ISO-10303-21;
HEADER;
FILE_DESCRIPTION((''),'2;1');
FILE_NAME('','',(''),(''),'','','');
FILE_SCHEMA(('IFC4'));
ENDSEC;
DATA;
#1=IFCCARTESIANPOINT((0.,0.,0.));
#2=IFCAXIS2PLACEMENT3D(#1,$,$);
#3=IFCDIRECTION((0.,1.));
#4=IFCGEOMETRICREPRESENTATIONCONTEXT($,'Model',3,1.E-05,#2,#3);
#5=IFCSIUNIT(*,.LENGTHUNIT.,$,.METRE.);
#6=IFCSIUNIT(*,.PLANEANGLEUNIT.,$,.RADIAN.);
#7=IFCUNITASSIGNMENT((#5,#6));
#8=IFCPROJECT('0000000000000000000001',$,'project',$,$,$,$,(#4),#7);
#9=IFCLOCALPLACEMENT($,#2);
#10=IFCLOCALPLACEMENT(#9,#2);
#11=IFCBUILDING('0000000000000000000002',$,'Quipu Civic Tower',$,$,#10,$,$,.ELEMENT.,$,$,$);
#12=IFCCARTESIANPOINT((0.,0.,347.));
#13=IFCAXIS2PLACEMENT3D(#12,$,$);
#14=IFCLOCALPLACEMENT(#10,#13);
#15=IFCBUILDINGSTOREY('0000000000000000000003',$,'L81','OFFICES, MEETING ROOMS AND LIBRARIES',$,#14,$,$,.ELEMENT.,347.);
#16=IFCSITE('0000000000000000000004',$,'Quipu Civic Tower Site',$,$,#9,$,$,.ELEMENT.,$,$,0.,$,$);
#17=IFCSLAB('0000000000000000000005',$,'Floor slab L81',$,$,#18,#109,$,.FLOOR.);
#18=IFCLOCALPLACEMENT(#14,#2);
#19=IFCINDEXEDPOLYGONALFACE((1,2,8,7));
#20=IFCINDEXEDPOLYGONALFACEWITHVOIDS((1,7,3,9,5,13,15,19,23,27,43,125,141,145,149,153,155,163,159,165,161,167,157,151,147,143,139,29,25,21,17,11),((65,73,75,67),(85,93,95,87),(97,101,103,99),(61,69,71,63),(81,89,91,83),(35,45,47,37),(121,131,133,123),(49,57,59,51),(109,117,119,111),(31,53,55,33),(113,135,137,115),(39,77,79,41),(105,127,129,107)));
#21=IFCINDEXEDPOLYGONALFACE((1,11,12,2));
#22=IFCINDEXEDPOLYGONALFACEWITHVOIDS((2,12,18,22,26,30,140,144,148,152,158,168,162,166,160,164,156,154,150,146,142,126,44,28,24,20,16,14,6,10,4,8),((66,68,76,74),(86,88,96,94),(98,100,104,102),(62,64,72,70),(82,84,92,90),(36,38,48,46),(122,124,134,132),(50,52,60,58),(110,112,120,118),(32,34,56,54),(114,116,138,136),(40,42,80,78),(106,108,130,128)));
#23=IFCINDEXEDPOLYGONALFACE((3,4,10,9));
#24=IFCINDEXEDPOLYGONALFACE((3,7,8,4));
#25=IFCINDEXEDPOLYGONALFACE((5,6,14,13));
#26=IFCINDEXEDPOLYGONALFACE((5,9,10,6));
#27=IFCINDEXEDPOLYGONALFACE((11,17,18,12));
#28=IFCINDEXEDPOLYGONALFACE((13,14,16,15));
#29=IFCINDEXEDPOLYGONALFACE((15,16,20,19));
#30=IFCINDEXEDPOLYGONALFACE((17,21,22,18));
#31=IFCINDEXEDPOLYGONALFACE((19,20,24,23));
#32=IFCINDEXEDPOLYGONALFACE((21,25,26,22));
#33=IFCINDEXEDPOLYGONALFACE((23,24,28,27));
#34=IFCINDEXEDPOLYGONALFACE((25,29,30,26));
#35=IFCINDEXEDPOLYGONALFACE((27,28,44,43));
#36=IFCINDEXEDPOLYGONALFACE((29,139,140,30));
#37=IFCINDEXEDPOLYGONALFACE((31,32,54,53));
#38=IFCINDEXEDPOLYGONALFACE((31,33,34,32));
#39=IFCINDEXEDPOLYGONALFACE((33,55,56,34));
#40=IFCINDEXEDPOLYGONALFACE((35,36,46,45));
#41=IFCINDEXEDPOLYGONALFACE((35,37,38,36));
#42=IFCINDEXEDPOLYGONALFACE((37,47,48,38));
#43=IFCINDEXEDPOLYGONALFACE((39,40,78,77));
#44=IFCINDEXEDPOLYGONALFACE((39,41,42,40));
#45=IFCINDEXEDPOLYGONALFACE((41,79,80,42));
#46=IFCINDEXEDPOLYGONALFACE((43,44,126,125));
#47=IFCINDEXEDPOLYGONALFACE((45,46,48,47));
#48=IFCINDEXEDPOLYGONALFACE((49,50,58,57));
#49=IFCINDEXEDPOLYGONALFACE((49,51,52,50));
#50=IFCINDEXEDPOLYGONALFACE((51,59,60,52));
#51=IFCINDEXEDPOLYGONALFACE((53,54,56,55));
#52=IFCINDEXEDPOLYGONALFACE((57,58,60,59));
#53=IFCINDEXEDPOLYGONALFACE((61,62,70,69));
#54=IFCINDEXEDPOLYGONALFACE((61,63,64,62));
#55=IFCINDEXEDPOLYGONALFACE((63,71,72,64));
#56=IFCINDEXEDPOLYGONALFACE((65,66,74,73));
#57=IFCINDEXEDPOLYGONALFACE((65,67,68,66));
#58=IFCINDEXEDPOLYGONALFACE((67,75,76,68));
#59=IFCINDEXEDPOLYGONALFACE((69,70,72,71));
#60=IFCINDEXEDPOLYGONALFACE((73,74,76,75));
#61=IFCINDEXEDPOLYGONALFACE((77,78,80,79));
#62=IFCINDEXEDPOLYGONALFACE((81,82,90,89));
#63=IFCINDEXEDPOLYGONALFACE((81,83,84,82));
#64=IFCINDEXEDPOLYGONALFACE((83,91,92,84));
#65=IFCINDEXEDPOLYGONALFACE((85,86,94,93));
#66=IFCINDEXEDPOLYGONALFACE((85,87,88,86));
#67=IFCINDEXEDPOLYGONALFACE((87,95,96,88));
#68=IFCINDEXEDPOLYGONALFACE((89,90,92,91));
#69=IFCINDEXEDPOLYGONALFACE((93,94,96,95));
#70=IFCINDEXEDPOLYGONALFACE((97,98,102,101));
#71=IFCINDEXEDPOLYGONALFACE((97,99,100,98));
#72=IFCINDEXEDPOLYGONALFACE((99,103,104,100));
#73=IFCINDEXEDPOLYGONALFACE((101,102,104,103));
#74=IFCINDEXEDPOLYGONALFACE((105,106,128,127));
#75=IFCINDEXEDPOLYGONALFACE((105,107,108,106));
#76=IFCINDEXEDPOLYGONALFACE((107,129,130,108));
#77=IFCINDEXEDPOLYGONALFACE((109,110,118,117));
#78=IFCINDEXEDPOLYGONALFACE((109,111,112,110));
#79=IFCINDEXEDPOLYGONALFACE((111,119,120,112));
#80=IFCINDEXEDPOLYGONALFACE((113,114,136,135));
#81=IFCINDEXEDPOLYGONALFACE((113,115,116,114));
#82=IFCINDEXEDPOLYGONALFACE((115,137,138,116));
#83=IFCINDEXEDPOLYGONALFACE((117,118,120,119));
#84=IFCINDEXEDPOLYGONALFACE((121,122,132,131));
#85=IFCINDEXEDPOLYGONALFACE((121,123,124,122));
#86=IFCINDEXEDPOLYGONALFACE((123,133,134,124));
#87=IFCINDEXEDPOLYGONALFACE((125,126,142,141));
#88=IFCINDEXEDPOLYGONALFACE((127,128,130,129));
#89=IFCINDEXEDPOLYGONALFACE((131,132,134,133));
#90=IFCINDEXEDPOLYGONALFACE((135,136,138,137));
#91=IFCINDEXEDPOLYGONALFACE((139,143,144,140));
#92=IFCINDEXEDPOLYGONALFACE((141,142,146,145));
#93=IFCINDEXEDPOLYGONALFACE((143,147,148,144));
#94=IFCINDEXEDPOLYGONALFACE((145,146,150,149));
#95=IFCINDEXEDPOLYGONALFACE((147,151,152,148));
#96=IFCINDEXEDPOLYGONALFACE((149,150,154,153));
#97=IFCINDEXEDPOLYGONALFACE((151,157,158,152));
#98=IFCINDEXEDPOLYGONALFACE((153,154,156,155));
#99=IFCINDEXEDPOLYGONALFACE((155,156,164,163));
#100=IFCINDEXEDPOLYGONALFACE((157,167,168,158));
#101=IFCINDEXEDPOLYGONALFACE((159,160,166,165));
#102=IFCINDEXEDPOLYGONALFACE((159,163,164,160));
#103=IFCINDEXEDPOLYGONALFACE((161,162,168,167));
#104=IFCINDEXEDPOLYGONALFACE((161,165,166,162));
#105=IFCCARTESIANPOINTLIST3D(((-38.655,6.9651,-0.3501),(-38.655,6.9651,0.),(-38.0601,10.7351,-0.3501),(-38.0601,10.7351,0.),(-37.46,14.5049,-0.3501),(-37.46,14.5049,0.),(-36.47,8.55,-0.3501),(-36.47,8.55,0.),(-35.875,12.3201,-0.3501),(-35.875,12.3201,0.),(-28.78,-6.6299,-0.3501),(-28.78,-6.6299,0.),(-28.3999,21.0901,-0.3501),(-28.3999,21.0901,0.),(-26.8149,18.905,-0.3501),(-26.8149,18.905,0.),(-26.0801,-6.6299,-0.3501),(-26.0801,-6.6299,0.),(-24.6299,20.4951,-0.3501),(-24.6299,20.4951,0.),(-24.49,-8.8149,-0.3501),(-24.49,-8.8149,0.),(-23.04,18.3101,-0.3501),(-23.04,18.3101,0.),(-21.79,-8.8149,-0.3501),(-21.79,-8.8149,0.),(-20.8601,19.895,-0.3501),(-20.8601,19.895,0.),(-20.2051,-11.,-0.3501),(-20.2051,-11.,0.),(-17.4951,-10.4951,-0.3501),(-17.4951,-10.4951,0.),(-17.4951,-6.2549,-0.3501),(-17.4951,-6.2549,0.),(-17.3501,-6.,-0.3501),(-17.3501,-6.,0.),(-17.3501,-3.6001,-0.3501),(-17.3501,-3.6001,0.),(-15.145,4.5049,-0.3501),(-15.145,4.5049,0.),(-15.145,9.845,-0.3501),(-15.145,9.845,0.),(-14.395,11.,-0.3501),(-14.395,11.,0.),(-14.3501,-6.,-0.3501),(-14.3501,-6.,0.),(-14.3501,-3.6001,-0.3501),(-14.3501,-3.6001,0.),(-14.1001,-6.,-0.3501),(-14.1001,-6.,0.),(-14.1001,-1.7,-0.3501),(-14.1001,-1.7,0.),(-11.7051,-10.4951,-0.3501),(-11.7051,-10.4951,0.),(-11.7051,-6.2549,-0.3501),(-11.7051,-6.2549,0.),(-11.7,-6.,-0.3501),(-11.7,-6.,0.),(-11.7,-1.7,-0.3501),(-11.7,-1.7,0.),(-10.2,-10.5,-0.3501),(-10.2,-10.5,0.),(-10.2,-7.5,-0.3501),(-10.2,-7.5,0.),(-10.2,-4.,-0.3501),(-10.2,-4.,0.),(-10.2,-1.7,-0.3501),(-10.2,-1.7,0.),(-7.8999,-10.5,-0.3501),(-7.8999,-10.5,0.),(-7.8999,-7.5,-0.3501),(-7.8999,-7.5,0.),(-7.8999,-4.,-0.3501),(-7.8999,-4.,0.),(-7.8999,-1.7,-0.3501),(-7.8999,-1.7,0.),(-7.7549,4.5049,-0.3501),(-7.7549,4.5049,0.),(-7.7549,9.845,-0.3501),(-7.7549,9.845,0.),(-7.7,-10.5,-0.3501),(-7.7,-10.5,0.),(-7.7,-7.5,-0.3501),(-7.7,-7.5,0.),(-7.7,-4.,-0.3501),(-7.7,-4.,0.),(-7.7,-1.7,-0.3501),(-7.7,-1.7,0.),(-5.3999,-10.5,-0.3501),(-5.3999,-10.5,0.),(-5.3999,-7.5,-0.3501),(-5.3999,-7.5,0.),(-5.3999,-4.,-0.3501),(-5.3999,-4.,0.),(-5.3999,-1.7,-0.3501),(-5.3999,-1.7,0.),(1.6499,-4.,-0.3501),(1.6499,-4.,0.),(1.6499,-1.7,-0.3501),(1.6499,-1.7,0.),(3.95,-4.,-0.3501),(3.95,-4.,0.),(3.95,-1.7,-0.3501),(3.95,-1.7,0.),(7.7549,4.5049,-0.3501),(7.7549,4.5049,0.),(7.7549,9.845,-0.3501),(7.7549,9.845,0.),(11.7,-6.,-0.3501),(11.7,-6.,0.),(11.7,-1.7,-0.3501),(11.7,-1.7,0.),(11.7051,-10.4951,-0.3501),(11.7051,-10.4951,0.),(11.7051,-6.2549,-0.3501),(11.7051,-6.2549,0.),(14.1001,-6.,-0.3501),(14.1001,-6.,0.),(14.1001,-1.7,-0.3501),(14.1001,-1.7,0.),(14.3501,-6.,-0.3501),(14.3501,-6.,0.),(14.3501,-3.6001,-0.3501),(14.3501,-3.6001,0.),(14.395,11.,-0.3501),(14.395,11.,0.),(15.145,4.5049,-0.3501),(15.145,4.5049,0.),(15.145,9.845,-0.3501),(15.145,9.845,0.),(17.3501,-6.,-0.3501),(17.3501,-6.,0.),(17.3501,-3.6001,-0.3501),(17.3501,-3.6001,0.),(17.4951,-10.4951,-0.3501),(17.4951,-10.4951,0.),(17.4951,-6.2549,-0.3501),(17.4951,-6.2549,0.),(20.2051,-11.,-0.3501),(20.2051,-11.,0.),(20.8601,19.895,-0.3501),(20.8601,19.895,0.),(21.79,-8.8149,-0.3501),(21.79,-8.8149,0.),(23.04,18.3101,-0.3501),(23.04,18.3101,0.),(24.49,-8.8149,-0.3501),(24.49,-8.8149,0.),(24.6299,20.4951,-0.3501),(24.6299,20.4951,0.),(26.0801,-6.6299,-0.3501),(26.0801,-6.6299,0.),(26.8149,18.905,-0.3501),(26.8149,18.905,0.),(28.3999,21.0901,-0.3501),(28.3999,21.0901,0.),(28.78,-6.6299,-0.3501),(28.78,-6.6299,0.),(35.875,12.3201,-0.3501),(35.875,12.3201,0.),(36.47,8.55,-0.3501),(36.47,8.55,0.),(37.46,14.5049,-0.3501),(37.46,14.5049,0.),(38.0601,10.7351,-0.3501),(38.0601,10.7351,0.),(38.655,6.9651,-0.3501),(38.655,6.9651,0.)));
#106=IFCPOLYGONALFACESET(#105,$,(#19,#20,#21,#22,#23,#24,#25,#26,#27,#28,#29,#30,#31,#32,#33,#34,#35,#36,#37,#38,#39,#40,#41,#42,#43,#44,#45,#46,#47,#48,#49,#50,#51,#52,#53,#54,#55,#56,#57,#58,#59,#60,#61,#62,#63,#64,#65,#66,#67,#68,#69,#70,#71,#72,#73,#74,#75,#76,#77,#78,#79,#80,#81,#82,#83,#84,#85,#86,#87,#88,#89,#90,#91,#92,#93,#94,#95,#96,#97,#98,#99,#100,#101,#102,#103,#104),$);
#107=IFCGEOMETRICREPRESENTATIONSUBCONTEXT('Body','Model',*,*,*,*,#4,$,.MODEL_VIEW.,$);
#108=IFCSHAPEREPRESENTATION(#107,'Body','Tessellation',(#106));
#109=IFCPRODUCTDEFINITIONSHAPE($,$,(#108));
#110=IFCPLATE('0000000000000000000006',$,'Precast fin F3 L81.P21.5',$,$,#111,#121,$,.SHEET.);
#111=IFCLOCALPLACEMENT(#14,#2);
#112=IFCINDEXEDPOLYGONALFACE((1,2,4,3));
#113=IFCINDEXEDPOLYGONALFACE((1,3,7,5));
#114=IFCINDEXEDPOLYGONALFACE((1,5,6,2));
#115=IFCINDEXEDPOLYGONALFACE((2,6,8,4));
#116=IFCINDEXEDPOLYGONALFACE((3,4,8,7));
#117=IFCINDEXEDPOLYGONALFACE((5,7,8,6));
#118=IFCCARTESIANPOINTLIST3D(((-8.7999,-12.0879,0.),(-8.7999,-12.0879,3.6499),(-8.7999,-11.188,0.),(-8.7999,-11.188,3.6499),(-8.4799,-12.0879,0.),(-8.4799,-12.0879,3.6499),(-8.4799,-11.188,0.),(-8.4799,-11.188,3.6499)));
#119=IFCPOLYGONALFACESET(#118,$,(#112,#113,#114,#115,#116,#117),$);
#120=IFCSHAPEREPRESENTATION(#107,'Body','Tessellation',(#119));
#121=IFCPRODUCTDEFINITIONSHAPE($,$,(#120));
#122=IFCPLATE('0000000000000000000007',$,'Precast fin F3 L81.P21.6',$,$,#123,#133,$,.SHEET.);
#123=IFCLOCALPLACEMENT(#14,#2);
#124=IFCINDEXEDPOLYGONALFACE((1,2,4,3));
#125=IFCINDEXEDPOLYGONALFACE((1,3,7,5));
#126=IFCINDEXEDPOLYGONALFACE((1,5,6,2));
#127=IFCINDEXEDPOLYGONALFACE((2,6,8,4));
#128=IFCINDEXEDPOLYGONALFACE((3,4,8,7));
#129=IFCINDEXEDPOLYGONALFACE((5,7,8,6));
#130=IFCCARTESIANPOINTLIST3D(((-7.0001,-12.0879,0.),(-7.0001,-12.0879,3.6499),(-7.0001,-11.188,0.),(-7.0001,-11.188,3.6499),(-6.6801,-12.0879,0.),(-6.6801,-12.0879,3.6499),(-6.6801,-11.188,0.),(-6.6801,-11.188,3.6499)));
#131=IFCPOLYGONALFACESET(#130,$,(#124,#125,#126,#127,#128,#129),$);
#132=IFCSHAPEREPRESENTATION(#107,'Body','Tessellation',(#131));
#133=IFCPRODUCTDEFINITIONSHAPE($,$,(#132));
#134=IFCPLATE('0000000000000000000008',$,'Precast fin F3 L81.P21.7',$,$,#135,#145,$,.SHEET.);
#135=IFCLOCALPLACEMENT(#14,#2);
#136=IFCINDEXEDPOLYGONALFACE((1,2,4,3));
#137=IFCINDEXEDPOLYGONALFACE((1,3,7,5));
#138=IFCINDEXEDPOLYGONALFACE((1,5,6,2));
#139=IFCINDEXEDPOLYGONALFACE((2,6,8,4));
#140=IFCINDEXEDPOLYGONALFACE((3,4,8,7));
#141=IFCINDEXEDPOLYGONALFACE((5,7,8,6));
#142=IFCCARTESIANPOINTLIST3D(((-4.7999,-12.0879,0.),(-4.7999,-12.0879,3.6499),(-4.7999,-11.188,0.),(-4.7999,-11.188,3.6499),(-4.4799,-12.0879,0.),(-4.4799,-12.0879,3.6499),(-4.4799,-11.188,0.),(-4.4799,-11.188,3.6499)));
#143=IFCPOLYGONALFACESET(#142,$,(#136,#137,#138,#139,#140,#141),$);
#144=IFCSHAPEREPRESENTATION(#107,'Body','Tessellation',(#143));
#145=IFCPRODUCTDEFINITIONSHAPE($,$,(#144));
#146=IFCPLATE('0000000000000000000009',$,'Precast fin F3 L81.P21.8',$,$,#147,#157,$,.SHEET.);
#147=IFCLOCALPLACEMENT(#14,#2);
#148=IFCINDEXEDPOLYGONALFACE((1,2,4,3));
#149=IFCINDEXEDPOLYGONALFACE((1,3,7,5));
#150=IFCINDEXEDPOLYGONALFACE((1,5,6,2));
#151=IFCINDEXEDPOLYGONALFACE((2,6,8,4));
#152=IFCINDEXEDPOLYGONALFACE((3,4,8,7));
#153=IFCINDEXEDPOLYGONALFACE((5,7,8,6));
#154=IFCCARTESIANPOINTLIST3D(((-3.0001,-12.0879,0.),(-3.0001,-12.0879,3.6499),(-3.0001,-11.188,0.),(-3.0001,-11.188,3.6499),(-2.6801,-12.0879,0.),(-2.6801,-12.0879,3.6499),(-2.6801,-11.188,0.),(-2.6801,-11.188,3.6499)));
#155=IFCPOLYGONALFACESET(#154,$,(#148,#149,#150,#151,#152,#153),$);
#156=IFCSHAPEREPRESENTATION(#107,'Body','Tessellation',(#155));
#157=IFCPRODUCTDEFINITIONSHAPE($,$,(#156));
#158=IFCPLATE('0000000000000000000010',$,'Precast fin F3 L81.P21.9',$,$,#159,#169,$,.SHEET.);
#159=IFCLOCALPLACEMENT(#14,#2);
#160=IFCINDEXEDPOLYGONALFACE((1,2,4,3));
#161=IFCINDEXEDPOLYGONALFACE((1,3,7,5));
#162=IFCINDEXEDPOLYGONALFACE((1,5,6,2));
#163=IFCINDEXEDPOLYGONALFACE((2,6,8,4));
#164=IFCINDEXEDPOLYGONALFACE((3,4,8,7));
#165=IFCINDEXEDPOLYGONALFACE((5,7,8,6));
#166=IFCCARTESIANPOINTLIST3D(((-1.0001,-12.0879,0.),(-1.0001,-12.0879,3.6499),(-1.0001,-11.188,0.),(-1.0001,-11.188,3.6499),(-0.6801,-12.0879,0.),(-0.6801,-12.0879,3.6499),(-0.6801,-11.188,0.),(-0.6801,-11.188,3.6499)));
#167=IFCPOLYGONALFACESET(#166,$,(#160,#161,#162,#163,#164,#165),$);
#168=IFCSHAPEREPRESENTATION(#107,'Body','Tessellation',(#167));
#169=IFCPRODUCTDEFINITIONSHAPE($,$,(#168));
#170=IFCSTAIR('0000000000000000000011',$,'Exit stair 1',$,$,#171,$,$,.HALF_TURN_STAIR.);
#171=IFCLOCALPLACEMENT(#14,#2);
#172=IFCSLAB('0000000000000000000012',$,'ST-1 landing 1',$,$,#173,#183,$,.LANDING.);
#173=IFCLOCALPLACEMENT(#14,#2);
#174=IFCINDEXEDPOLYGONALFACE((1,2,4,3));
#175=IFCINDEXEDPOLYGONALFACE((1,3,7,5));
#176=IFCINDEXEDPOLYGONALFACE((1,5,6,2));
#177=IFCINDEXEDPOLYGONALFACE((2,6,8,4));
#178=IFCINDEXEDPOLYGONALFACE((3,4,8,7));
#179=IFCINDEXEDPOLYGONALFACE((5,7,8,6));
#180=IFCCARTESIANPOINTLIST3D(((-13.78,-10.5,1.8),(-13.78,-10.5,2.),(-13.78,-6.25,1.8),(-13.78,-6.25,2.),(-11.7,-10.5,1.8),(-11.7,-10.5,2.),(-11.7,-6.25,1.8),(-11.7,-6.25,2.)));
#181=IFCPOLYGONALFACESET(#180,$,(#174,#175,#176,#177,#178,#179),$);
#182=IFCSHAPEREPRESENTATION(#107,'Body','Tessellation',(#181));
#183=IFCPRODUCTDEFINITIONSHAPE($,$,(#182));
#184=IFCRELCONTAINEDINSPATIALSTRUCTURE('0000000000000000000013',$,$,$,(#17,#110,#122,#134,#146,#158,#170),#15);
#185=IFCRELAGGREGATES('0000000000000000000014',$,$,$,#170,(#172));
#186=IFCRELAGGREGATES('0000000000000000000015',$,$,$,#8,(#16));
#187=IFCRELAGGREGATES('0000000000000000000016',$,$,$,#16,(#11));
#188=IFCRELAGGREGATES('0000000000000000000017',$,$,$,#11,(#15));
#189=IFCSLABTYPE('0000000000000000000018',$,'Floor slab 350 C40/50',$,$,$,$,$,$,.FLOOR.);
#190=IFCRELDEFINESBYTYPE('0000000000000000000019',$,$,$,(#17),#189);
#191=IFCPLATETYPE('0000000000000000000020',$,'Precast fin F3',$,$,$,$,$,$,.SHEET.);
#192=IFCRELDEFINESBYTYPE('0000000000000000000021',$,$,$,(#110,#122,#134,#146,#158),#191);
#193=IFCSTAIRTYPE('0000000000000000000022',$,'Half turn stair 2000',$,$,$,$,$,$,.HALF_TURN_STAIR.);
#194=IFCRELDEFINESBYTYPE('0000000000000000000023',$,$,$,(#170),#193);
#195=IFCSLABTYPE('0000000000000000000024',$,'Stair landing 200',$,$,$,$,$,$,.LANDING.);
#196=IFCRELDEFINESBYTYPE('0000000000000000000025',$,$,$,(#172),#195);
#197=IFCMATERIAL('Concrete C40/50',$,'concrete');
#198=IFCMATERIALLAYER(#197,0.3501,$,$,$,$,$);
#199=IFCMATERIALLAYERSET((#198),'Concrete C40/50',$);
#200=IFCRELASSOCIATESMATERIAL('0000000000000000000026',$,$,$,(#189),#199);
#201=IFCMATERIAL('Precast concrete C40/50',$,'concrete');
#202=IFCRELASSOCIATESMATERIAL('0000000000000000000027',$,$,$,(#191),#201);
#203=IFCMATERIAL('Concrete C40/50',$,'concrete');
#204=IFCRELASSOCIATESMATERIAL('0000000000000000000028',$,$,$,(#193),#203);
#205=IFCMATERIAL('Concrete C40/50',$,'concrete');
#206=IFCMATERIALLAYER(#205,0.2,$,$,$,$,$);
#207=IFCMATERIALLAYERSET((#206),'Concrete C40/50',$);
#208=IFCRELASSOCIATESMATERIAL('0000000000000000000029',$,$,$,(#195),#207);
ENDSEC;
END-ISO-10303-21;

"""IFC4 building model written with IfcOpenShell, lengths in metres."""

from ifc_helpers import new_model, si_unit, direction, frame, origin, origin_2d, place, context, subcontext, project, spatial, polyline, rectangle, outline, extrude, material, layer, layer_set, type_object, element, aggregate, save


model = new_model("IFC4")

# Units and contexts
model_context = context("Model", 3, precision=1e-05, world=origin(), true_north=direction((0.0, 1.0)))
body_context = subcontext(model_context, "Body", "Model", "MODEL_VIEW")
ifc_project = project(units=[si_unit("LENGTHUNIT", "METRE"), si_unit("PLANEANGLEUNIT", "RADIAN")], contexts=[model_context])

# Site, building, storey
site_placement = place(None, origin())
site = spatial("IfcSite", under=ifc_project, at=site_placement, Name="Quipu Civic Tower Site", CompositionType="ELEMENT", RefElevation=0.0)
building_placement = place(site_placement, origin())
building = spatial("IfcBuilding", under=site, at=building_placement, Name="Quipu Civic Tower", CompositionType="ELEMENT")
storey_placement = place(building_placement, frame((0.0, 0.0, 347.0)))
storey = spatial("IfcBuildingStorey", under=building, at=storey_placement, Name="L81", Description="OFFICES, MEETING ROOMS AND LIBRARIES", CompositionType="ELEMENT", Elevation=347.0)

# Slab
ifc_material_1 = material(Name="Concrete C40/50", Category="concrete")
ifc_layer_1 = layer(ifc_material_1, 0.3501)
ifc_layer_set_1 = layer_set([ifc_layer_1], Name="Concrete C40/50")
slab_type_1 = type_object("IfcSlabType", Name="Floor slab 350 C40/50", PredefinedType="FLOOR", material=ifc_layer_set_1)
slab_1_placement = place(storey_placement, frame((0.0, 0.0, -0.3501)))
element("IfcSlab", 1, at=slab_1_placement, inside=storey, type_object=slab_type_1, Name="Floor slab L81", PredefinedType="FLOOR", context=body_context, shape_type="SweptSolid", body=[
    extrude(outline(polyline([(20.8601, 19.895), (23.04, 18.3101), (24.6299, 20.4951), (26.8149, 18.905), (28.3999, 21.0901), (37.46, 14.5049), (35.875, 12.3201), (38.0601, 10.7351), (36.47, 8.55), (38.655, 6.9651), (28.78, -6.6299), (26.0801, -6.6299), (24.49, -8.8149), (21.79, -8.8149), (20.2051, -11.0), (-20.2051, -11.0), (-21.79, -8.8149), (-24.49, -8.8149), (-26.0801, -6.6299), (-28.78, -6.6299), (-38.655, 6.9651), (-36.47, 8.55), (-38.0601, 10.7351), (-35.875, 12.3201), (-37.46, 14.5049), (-28.3999, 21.0901), (-26.8149, 18.905), (-24.6299, 20.4951), (-23.04, 18.3101), (-20.8601, 19.895), (-14.395, 11.0), (14.395, 11.0), (20.8601, 19.895)]), holes=[polyline([(-10.2, -10.5), (-7.8999, -10.5), (-7.8999, -7.5), (-10.2, -7.5), (-10.2, -10.5)]), polyline([(-7.7, -7.5), (-7.7, -10.5), (-5.3999, -10.5), (-5.3999, -7.5), (-7.7, -7.5)]), polyline([(-11.7051, -6.2549), (-17.4951, -6.2549), (-17.4951, -10.4951), (-11.7051, -10.4951), (-11.7051, -6.2549)]), polyline([(-17.3501, -6.0), (-14.3501, -6.0), (-14.3501, -3.6001), (-17.3501, -3.6001), (-17.3501, -6.0)]), polyline([(-14.1001, -1.7), (-14.1001, -6.0), (-11.7, -6.0), (-11.7, -1.7), (-14.1001, -1.7)]), polyline([(-10.2, -1.7), (-10.2, -4.0), (-7.8999, -4.0), (-7.8999, -1.7), (-10.2, -1.7)]), polyline([(-15.145, 9.845), (-15.145, 4.5049), (-7.7549, 4.5049), (-7.7549, 9.845), (-15.145, 9.845)]), polyline([(11.7051, -10.4951), (17.4951, -10.4951), (17.4951, -6.2549), (11.7051, -6.2549), (11.7051, -10.4951)]), polyline([(14.3501, -3.6001), (14.3501, -6.0), (17.3501, -6.0), (17.3501, -3.6001), (14.3501, -3.6001)]), polyline([(11.7, -1.7), (11.7, -6.0), (14.1001, -6.0), (14.1001, -1.7), (11.7, -1.7)]), polyline([(-7.7, -1.7), (-7.7, -4.0), (-5.3999, -4.0), (-5.3999, -1.7), (-7.7, -1.7)]), polyline([(1.6499, -1.7), (1.6499, -4.0), (3.95, -4.0), (3.95, -1.7), (1.6499, -1.7)]), polyline([(7.7549, 4.5049), (15.145, 4.5049), (15.145, 9.845), (7.7549, 9.845), (7.7549, 4.5049)])]), origin(), (0.0, 0.0, 1.0), 0.3501),
])

# Plates
ifc_material_2 = material(Name="Precast concrete C40/50", Category="concrete")
plate_type = type_object("IfcPlateType", Name="Precast fin F3", PredefinedType="SHEET", material=ifc_material_2)
for number, where, z_axis, x_axis, name in (
    (2, (-8.6399, -11.6379, 0.0), (0.0, 0.0, 1.0), (1.0, 0.0, 0.0), "Precast fin F3 L81.P21.5"),
    (3, (-6.8401, -11.6379, 0.0), (0.0, 0.0, 1.0), (1.0, 0.0, 0.0), "Precast fin F3 L81.P21.6"),
    (4, (-4.6399, -11.6379, 0.0), (0.0, 0.0, 1.0), (1.0, 0.0, 0.0), "Precast fin F3 L81.P21.7"),
    (5, (-2.8401, -11.6379, 0.0), (0.0, 0.0, 1.0), (1.0, 0.0, 0.0), "Precast fin F3 L81.P21.8"),
    (6, (-0.8401, -11.6379, 0.0), (0.0, 0.0, 1.0), (1.0, 0.0, 0.0), "Precast fin F3 L81.P21.9"),
):
    element("IfcPlate", number, at=place(storey_placement, frame(where, z_axis=z_axis, x_axis=x_axis)), inside=storey, type_object=plate_type, Name=name, PredefinedType="SHEET", context=body_context, shape_type="SweptSolid", body=[
        extrude(rectangle(XDim=0.3201, YDim=0.8999, at=origin_2d()), origin(), (0.0, 0.0, 1.0), 3.6499),
    ])

# Stair, slab
ifc_material_3 = material(Name="Concrete C40/50", Category="concrete")
stair_type = type_object("IfcStairType", Name="Half turn stair 2000", PredefinedType="HALF_TURN_STAIR", material=ifc_material_3)
stair_placement = place(storey_placement, origin())
stair = element("IfcStair", 7, at=stair_placement, inside=storey, type_object=stair_type, Name="Exit stair 1", PredefinedType="HALF_TURN_STAIR")
ifc_material_4 = material(Name="Concrete C40/50", Category="concrete")
ifc_layer_2 = layer(ifc_material_4, 0.2)
ifc_layer_set_2 = layer_set([ifc_layer_2], Name="Concrete C40/50")
slab_type_2 = type_object("IfcSlabType", Name="Stair landing 200", PredefinedType="LANDING", material=ifc_layer_set_2)
slab_2_placement = place(storey_placement, frame((0.0, 0.0, 1.8)))
slab_2 = element("IfcSlab", 8, at=slab_2_placement, type_object=slab_type_2, Name="ST-1 landing 1", PredefinedType="LANDING", context=body_context, shape_type="SweptSolid", body=[
    extrude(outline(polyline([(-13.78, -10.5), (-11.7, -10.5), (-11.7, -6.25), (-13.78, -6.25), (-13.78, -10.5)])), origin(), (0.0, 0.0, 1.0), 0.2),
])
aggregate(stair, [slab_2])

save(model, "model.ifc")
